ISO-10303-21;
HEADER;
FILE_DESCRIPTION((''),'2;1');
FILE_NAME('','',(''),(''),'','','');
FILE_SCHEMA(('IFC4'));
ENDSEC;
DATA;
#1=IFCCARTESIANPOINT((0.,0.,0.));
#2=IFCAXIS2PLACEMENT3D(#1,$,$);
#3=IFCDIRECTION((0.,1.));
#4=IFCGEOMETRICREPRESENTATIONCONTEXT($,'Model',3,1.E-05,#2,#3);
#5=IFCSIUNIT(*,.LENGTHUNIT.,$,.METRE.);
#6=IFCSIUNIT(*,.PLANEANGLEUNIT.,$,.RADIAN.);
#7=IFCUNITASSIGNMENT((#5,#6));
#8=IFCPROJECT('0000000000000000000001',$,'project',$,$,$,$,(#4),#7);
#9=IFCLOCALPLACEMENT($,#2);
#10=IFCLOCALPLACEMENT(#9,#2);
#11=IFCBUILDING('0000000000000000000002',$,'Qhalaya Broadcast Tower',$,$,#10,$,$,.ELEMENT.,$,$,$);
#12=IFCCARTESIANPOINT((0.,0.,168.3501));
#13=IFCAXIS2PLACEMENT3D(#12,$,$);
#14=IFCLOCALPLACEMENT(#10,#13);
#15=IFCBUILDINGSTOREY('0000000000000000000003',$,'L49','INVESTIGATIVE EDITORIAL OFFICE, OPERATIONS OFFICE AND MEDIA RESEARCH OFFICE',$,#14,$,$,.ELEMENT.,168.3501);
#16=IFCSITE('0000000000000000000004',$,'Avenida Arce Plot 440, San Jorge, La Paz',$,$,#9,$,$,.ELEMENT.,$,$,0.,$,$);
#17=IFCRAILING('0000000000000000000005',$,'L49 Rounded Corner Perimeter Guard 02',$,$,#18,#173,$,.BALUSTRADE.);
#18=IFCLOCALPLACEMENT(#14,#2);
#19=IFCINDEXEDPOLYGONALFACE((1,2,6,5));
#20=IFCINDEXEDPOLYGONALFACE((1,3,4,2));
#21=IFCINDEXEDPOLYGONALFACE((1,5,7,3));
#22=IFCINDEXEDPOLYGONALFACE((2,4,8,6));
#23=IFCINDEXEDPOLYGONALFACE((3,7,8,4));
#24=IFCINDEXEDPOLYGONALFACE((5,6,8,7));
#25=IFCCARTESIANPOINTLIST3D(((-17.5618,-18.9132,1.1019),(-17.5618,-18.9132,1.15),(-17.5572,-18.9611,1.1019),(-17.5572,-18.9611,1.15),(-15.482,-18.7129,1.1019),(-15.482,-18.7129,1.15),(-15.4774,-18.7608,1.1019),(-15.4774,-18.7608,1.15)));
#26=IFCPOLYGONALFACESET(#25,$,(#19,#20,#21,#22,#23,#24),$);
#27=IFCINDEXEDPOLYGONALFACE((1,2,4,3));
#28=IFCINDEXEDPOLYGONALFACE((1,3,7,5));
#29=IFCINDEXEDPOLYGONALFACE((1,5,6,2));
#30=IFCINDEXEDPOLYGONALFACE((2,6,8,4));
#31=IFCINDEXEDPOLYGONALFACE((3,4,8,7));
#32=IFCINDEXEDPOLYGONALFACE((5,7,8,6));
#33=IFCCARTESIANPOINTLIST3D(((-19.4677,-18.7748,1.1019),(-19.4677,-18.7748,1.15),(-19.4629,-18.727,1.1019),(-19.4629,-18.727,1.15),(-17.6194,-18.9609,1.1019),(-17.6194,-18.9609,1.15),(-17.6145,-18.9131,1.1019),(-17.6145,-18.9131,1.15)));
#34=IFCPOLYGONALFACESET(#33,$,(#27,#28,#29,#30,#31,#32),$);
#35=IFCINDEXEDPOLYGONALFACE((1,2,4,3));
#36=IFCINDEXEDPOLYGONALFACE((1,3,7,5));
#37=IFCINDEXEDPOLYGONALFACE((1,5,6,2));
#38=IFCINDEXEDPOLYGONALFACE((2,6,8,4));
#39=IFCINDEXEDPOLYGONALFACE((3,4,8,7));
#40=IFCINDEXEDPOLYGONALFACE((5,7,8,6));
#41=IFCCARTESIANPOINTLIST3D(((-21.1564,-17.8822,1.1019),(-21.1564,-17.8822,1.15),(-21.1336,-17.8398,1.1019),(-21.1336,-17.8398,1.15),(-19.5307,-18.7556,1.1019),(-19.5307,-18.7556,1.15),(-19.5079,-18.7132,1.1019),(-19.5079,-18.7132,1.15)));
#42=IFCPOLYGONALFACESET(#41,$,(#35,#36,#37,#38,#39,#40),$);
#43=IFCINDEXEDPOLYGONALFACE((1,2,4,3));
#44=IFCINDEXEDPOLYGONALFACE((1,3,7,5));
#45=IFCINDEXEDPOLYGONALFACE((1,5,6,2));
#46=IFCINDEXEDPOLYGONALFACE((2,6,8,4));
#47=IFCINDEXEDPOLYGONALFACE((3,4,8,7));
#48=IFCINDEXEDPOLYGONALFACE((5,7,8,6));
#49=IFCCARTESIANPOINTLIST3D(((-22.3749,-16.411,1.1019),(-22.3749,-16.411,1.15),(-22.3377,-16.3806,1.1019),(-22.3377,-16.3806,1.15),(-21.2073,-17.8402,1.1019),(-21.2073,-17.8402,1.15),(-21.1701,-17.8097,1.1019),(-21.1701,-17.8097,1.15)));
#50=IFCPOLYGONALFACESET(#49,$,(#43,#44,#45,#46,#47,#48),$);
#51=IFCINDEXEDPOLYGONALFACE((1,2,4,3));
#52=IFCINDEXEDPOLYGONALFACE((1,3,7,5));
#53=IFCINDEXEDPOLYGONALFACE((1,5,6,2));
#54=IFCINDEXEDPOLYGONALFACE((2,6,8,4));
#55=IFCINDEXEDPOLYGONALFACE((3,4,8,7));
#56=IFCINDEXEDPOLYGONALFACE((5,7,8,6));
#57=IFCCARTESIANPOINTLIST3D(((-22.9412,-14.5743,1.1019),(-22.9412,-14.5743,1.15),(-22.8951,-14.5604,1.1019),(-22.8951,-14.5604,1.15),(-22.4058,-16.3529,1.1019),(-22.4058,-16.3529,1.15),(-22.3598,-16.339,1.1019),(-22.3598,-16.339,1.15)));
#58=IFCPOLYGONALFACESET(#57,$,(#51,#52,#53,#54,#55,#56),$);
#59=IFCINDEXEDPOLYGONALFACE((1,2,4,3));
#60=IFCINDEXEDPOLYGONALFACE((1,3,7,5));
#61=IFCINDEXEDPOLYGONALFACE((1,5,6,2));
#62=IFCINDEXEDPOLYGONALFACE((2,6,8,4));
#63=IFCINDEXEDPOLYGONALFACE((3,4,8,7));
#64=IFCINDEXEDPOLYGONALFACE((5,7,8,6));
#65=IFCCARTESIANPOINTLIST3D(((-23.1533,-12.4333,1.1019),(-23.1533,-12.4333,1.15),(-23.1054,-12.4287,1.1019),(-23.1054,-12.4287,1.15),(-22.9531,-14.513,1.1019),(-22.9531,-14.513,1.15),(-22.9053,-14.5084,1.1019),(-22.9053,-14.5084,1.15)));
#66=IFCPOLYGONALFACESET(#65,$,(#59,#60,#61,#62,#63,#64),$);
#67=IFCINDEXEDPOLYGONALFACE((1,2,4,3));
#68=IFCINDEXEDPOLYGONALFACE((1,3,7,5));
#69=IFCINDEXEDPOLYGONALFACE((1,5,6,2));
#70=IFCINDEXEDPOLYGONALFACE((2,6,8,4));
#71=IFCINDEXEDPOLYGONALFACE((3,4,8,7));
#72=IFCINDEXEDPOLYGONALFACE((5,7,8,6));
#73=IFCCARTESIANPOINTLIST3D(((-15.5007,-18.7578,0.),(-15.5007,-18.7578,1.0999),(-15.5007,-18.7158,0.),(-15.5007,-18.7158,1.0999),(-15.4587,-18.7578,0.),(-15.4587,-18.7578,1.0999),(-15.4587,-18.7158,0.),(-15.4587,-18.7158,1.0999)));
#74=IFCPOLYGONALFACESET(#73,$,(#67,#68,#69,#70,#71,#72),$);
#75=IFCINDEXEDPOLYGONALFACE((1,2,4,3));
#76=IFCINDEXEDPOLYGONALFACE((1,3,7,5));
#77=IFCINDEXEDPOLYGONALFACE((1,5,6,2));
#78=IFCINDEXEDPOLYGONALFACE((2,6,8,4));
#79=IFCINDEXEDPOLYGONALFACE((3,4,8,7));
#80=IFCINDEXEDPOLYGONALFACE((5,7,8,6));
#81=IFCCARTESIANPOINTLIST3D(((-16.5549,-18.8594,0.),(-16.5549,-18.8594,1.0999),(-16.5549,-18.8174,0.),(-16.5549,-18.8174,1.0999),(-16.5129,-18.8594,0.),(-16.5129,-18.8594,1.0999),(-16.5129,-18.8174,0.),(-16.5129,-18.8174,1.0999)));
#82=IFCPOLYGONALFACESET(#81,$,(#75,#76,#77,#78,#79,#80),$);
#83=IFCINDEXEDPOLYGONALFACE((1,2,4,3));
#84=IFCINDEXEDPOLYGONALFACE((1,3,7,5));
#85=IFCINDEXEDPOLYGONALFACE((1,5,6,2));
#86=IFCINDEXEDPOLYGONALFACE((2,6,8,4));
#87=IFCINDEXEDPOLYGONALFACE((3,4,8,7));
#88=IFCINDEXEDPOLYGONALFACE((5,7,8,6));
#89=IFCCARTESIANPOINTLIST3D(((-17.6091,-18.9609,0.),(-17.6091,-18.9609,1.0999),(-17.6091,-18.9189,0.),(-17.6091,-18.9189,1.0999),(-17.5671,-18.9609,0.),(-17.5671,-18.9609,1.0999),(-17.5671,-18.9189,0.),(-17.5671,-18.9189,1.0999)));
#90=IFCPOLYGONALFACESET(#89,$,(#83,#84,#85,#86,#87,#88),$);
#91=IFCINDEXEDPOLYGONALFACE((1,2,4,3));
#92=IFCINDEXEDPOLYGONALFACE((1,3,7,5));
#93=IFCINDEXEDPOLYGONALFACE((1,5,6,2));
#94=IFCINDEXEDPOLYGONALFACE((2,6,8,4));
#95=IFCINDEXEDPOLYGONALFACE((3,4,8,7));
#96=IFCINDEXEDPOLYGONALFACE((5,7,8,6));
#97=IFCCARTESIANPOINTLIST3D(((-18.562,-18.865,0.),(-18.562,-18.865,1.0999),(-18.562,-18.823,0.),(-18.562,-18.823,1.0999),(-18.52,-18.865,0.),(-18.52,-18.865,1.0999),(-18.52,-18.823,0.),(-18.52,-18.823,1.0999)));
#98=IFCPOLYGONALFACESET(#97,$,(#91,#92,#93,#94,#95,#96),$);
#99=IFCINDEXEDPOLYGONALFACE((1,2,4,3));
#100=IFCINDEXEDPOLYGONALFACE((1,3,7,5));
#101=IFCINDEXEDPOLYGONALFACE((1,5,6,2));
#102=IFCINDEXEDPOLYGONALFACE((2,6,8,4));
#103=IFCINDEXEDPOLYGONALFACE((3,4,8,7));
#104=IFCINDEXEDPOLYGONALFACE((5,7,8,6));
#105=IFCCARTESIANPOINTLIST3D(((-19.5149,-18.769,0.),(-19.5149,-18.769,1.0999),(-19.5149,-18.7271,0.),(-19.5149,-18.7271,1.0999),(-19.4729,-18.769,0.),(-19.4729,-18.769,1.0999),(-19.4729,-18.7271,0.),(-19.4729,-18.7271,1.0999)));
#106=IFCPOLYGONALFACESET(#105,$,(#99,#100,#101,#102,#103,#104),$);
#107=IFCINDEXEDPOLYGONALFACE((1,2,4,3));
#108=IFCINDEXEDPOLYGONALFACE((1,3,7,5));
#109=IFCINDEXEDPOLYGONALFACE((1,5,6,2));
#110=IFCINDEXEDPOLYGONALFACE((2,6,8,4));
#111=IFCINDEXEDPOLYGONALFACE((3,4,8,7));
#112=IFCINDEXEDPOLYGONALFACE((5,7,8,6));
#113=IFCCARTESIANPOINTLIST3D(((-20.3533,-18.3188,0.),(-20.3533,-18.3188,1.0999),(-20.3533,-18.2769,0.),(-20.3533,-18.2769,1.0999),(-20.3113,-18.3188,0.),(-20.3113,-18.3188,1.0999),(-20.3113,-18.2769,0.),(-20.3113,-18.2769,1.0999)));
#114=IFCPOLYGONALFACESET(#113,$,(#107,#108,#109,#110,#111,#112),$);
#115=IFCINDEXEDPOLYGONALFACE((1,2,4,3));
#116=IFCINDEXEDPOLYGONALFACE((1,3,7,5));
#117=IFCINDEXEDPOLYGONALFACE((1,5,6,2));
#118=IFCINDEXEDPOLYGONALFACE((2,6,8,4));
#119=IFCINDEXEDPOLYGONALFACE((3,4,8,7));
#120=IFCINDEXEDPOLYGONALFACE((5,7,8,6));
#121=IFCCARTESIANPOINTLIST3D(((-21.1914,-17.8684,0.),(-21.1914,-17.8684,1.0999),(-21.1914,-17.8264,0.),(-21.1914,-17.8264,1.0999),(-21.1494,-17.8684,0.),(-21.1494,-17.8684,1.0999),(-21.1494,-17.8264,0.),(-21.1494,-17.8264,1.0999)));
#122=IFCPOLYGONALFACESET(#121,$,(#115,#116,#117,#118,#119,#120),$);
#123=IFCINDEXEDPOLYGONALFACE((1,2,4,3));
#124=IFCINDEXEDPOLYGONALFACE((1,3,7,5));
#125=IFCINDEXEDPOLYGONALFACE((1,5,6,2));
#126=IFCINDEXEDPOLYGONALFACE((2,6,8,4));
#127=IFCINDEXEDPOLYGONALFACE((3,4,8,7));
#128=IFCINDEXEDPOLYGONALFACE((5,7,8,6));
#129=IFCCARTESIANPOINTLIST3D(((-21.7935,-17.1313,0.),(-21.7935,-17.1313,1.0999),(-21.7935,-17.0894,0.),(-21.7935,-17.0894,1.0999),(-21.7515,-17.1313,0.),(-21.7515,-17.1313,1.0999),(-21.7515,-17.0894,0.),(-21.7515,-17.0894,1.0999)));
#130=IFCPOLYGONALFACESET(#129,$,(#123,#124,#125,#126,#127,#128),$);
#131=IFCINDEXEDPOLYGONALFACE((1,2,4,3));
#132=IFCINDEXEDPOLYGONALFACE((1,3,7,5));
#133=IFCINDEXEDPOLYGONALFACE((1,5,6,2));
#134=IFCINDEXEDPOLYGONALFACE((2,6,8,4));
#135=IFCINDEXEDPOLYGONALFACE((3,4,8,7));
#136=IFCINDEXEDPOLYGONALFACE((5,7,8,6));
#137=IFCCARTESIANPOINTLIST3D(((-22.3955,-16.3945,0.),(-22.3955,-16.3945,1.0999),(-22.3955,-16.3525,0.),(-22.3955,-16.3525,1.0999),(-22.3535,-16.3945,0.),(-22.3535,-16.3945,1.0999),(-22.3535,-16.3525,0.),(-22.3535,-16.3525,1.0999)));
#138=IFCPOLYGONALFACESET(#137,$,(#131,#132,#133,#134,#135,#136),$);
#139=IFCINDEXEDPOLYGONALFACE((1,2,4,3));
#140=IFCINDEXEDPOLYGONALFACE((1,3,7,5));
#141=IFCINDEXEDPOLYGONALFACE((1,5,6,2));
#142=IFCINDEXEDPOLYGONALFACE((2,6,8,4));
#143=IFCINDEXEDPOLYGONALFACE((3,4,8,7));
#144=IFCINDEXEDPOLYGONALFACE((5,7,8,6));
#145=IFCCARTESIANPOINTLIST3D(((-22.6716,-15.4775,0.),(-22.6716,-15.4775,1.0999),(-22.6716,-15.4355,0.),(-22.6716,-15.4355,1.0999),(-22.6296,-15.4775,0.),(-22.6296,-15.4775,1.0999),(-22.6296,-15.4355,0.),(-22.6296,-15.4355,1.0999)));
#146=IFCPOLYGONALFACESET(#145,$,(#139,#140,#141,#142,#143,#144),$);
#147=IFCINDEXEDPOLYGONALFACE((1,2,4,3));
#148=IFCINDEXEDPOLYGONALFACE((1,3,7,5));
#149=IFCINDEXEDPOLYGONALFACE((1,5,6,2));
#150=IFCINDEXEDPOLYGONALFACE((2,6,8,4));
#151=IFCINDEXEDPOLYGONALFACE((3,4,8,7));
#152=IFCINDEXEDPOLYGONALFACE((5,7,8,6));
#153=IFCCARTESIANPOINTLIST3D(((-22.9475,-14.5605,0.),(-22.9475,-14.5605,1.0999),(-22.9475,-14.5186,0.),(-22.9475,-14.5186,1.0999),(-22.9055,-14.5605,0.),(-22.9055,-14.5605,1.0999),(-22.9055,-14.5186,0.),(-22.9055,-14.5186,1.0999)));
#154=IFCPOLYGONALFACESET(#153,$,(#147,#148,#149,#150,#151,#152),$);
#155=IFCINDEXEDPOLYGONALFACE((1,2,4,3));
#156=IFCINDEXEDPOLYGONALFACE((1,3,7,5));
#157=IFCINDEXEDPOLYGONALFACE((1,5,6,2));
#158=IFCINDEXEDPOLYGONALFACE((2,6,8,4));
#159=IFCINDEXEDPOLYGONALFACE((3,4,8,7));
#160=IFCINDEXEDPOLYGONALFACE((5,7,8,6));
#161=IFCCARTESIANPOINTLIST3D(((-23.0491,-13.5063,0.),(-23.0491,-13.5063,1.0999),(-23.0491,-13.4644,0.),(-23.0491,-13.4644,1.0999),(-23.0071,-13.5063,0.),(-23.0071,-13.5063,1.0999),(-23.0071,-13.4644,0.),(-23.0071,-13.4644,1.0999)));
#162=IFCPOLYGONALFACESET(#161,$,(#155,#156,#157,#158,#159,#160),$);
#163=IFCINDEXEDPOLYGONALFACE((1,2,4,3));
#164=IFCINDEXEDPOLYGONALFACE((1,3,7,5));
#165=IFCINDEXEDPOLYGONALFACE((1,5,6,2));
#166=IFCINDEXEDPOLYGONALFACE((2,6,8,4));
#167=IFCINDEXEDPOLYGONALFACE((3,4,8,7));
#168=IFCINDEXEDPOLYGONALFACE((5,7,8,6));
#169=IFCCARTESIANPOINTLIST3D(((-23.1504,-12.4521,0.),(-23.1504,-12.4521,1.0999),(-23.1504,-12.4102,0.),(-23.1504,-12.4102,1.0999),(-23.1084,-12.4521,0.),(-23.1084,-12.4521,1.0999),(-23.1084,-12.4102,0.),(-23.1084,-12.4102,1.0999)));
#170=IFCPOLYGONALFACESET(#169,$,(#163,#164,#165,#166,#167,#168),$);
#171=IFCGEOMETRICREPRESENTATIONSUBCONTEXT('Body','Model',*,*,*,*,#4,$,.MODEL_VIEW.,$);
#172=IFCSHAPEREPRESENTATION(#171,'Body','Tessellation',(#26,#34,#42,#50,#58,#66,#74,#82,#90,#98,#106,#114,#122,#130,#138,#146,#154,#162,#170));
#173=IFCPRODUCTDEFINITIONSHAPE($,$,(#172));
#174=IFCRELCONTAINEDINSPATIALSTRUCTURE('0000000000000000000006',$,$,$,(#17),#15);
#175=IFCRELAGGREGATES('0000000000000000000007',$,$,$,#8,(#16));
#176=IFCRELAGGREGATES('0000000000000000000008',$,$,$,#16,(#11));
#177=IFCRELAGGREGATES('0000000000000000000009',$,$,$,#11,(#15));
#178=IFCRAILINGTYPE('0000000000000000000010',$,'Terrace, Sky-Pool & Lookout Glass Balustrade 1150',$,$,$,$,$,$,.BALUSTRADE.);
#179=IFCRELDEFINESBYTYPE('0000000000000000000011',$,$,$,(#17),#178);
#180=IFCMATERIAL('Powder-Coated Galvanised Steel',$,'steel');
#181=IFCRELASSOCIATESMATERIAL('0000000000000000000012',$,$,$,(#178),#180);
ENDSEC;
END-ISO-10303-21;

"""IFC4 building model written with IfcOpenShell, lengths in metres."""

from ifc_helpers import new_model, si_unit, direction, frame, origin, origin_2d, place, context, subcontext, project, spatial, rectangle, extrude, material, type_object, element, save


model = new_model("IFC4")

# Units and contexts
model_context = context("Model", 3, precision=1e-05, world=origin(), true_north=direction((0.0, 1.0)))
body_context = subcontext(model_context, "Body", "Model", "MODEL_VIEW")
ifc_project = project(units=[si_unit("LENGTHUNIT", "METRE"), si_unit("PLANEANGLEUNIT", "RADIAN")], contexts=[model_context])

# Site, building, storey
site_placement = place(None, origin())
site = spatial("IfcSite", under=ifc_project, at=site_placement, Name="Avenida Arce Plot 440, San Jorge, La Paz", CompositionType="ELEMENT", RefElevation=0.0)
building_placement = place(site_placement, origin())
building = spatial("IfcBuilding", under=site, at=building_placement, Name="Qhalaya Broadcast Tower", CompositionType="ELEMENT")
storey_placement = place(building_placement, frame((0.0, 0.0, 168.3501)))
storey = spatial("IfcBuildingStorey", under=building, at=storey_placement, Name="L49", Description="INVESTIGATIVE EDITORIAL OFFICE, OPERATIONS OFFICE AND MEDIA RESEARCH OFFICE", CompositionType="ELEMENT", Elevation=168.3501)

# Railing
ifc_material_1 = material(Name="Powder-Coated Galvanised Steel", Category="steel")
railing_type = type_object("IfcRailingType", Name="Terrace, Sky-Pool & Lookout Glass Balustrade 1150", PredefinedType="BALUSTRADE", material=ifc_material_1)
railing_placement = place(storey_placement, frame((-15.4797, -18.7368, 0.0)))
element("IfcRailing", 1, at=railing_placement, inside=storey, type_object=railing_type, Name="L49 Rounded Corner Perimeter Guard 02", PredefinedType="BALUSTRADE", context=body_context, shape_type="SweptSolid", body=[
    extrude(rectangle(XDim=0.0481, YDim=0.0481, at=origin_2d()), frame((0.0, 0.0, 1.126), z_axis=(-0.995391, -0.095897, 0.0), x_axis=(0.095897, -0.995391, 0.0)), (0.0, 0.0, 1.0), 2.0894),
    extrude(rectangle(XDim=0.0481, YDim=0.0481, at=origin_2d()), frame((-2.1372, -0.2002, 1.126), z_axis=(-0.994969, 0.100185, 0.0), x_axis=(-0.100185, -0.994969, 0.0)), (0.0, 0.0, 1.0), 1.8577),
    extrude(rectangle(XDim=0.0481, YDim=0.0481, at=origin_2d()), frame((-4.0396, 0.0024, 1.126), z_axis=(-0.880932, 0.473243, 0.0), x_axis=(-0.473243, -0.880932, 0.0)), (0.0, 0.0, 1.0), 1.8455),
    extrude(rectangle(XDim=0.0481, YDim=0.0481, at=origin_2d()), frame((-5.709, 0.9119, 1.126), z_axis=(-0.632672, 0.77442, 0.0), x_axis=(-0.77442, -0.632672, 0.0)), (0.0, 0.0, 1.0), 1.8455),
    extrude(rectangle(XDim=0.0481, YDim=0.0481, at=origin_2d()), frame((-6.9031, 2.3909, 1.126), z_axis=(-0.288213, 0.957566, 0.0), x_axis=(-0.957566, -0.288213, 0.0)), (0.0, 0.0, 1.0), 1.8574),
    extrude(rectangle(XDim=0.0481, YDim=0.0481, at=origin_2d()), frame((-7.4495, 4.2261, 1.126), z_axis=(-0.095783, 0.995402, 0.0), x_axis=(-0.995402, -0.095783, 0.0)), (0.0, 0.0, 1.0), 2.0894),
    extrude(rectangle(XDim=0.042, YDim=0.042, at=origin_2d()), origin(), (0.0, 0.0, 1.0), 1.0999),
    extrude(rectangle(XDim=0.042, YDim=0.042, at=origin_2d()), frame((-1.0542, -0.1016, 0.0)), (0.0, 0.0, 1.0), 1.0999),
    extrude(rectangle(XDim=0.042, YDim=0.042, at=origin_2d()), frame((-2.1084, -0.2031, 0.0)), (0.0, 0.0, 1.0), 1.0999),
    extrude(rectangle(XDim=0.042, YDim=0.042, at=origin_2d()), frame((-3.0613, -0.1072, 0.0)), (0.0, 0.0, 1.0), 1.0999),
    extrude(rectangle(XDim=0.042, YDim=0.042, at=origin_2d()), frame((-4.0142, -0.0112, 0.0)), (0.0, 0.0, 1.0), 1.0999),
    extrude(rectangle(XDim=0.042, YDim=0.042, at=origin_2d()), frame((-4.8525, 0.439, 0.0)), (0.0, 0.0, 1.0), 1.0999),
    extrude(rectangle(XDim=0.042, YDim=0.042, at=origin_2d()), frame((-5.6907, 0.8894, 0.0)), (0.0, 0.0, 1.0), 1.0999),
    extrude(rectangle(XDim=0.042, YDim=0.042, at=origin_2d()), frame((-6.2927, 1.6265, 0.0)), (0.0, 0.0, 1.0), 1.0999),
    extrude(rectangle(XDim=0.042, YDim=0.042, at=origin_2d()), frame((-6.8948, 2.3633, 0.0)), (0.0, 0.0, 1.0), 1.0999),
    extrude(rectangle(XDim=0.042, YDim=0.042, at=origin_2d()), frame((-7.1709, 3.2803, 0.0)), (0.0, 0.0, 1.0), 1.0999),
    extrude(rectangle(XDim=0.042, YDim=0.042, at=origin_2d()), frame((-7.4468, 4.1973, 0.0)), (0.0, 0.0, 1.0), 1.0999),
    extrude(rectangle(XDim=0.042, YDim=0.042, at=origin_2d()), frame((-7.5483, 5.2515, 0.0)), (0.0, 0.0, 1.0), 1.0999),
    extrude(rectangle(XDim=0.042, YDim=0.042, at=origin_2d()), frame((-7.6497, 6.3057, 0.0)), (0.0, 0.0, 1.0), 1.0999),
])

save(model, "model.ifc")
